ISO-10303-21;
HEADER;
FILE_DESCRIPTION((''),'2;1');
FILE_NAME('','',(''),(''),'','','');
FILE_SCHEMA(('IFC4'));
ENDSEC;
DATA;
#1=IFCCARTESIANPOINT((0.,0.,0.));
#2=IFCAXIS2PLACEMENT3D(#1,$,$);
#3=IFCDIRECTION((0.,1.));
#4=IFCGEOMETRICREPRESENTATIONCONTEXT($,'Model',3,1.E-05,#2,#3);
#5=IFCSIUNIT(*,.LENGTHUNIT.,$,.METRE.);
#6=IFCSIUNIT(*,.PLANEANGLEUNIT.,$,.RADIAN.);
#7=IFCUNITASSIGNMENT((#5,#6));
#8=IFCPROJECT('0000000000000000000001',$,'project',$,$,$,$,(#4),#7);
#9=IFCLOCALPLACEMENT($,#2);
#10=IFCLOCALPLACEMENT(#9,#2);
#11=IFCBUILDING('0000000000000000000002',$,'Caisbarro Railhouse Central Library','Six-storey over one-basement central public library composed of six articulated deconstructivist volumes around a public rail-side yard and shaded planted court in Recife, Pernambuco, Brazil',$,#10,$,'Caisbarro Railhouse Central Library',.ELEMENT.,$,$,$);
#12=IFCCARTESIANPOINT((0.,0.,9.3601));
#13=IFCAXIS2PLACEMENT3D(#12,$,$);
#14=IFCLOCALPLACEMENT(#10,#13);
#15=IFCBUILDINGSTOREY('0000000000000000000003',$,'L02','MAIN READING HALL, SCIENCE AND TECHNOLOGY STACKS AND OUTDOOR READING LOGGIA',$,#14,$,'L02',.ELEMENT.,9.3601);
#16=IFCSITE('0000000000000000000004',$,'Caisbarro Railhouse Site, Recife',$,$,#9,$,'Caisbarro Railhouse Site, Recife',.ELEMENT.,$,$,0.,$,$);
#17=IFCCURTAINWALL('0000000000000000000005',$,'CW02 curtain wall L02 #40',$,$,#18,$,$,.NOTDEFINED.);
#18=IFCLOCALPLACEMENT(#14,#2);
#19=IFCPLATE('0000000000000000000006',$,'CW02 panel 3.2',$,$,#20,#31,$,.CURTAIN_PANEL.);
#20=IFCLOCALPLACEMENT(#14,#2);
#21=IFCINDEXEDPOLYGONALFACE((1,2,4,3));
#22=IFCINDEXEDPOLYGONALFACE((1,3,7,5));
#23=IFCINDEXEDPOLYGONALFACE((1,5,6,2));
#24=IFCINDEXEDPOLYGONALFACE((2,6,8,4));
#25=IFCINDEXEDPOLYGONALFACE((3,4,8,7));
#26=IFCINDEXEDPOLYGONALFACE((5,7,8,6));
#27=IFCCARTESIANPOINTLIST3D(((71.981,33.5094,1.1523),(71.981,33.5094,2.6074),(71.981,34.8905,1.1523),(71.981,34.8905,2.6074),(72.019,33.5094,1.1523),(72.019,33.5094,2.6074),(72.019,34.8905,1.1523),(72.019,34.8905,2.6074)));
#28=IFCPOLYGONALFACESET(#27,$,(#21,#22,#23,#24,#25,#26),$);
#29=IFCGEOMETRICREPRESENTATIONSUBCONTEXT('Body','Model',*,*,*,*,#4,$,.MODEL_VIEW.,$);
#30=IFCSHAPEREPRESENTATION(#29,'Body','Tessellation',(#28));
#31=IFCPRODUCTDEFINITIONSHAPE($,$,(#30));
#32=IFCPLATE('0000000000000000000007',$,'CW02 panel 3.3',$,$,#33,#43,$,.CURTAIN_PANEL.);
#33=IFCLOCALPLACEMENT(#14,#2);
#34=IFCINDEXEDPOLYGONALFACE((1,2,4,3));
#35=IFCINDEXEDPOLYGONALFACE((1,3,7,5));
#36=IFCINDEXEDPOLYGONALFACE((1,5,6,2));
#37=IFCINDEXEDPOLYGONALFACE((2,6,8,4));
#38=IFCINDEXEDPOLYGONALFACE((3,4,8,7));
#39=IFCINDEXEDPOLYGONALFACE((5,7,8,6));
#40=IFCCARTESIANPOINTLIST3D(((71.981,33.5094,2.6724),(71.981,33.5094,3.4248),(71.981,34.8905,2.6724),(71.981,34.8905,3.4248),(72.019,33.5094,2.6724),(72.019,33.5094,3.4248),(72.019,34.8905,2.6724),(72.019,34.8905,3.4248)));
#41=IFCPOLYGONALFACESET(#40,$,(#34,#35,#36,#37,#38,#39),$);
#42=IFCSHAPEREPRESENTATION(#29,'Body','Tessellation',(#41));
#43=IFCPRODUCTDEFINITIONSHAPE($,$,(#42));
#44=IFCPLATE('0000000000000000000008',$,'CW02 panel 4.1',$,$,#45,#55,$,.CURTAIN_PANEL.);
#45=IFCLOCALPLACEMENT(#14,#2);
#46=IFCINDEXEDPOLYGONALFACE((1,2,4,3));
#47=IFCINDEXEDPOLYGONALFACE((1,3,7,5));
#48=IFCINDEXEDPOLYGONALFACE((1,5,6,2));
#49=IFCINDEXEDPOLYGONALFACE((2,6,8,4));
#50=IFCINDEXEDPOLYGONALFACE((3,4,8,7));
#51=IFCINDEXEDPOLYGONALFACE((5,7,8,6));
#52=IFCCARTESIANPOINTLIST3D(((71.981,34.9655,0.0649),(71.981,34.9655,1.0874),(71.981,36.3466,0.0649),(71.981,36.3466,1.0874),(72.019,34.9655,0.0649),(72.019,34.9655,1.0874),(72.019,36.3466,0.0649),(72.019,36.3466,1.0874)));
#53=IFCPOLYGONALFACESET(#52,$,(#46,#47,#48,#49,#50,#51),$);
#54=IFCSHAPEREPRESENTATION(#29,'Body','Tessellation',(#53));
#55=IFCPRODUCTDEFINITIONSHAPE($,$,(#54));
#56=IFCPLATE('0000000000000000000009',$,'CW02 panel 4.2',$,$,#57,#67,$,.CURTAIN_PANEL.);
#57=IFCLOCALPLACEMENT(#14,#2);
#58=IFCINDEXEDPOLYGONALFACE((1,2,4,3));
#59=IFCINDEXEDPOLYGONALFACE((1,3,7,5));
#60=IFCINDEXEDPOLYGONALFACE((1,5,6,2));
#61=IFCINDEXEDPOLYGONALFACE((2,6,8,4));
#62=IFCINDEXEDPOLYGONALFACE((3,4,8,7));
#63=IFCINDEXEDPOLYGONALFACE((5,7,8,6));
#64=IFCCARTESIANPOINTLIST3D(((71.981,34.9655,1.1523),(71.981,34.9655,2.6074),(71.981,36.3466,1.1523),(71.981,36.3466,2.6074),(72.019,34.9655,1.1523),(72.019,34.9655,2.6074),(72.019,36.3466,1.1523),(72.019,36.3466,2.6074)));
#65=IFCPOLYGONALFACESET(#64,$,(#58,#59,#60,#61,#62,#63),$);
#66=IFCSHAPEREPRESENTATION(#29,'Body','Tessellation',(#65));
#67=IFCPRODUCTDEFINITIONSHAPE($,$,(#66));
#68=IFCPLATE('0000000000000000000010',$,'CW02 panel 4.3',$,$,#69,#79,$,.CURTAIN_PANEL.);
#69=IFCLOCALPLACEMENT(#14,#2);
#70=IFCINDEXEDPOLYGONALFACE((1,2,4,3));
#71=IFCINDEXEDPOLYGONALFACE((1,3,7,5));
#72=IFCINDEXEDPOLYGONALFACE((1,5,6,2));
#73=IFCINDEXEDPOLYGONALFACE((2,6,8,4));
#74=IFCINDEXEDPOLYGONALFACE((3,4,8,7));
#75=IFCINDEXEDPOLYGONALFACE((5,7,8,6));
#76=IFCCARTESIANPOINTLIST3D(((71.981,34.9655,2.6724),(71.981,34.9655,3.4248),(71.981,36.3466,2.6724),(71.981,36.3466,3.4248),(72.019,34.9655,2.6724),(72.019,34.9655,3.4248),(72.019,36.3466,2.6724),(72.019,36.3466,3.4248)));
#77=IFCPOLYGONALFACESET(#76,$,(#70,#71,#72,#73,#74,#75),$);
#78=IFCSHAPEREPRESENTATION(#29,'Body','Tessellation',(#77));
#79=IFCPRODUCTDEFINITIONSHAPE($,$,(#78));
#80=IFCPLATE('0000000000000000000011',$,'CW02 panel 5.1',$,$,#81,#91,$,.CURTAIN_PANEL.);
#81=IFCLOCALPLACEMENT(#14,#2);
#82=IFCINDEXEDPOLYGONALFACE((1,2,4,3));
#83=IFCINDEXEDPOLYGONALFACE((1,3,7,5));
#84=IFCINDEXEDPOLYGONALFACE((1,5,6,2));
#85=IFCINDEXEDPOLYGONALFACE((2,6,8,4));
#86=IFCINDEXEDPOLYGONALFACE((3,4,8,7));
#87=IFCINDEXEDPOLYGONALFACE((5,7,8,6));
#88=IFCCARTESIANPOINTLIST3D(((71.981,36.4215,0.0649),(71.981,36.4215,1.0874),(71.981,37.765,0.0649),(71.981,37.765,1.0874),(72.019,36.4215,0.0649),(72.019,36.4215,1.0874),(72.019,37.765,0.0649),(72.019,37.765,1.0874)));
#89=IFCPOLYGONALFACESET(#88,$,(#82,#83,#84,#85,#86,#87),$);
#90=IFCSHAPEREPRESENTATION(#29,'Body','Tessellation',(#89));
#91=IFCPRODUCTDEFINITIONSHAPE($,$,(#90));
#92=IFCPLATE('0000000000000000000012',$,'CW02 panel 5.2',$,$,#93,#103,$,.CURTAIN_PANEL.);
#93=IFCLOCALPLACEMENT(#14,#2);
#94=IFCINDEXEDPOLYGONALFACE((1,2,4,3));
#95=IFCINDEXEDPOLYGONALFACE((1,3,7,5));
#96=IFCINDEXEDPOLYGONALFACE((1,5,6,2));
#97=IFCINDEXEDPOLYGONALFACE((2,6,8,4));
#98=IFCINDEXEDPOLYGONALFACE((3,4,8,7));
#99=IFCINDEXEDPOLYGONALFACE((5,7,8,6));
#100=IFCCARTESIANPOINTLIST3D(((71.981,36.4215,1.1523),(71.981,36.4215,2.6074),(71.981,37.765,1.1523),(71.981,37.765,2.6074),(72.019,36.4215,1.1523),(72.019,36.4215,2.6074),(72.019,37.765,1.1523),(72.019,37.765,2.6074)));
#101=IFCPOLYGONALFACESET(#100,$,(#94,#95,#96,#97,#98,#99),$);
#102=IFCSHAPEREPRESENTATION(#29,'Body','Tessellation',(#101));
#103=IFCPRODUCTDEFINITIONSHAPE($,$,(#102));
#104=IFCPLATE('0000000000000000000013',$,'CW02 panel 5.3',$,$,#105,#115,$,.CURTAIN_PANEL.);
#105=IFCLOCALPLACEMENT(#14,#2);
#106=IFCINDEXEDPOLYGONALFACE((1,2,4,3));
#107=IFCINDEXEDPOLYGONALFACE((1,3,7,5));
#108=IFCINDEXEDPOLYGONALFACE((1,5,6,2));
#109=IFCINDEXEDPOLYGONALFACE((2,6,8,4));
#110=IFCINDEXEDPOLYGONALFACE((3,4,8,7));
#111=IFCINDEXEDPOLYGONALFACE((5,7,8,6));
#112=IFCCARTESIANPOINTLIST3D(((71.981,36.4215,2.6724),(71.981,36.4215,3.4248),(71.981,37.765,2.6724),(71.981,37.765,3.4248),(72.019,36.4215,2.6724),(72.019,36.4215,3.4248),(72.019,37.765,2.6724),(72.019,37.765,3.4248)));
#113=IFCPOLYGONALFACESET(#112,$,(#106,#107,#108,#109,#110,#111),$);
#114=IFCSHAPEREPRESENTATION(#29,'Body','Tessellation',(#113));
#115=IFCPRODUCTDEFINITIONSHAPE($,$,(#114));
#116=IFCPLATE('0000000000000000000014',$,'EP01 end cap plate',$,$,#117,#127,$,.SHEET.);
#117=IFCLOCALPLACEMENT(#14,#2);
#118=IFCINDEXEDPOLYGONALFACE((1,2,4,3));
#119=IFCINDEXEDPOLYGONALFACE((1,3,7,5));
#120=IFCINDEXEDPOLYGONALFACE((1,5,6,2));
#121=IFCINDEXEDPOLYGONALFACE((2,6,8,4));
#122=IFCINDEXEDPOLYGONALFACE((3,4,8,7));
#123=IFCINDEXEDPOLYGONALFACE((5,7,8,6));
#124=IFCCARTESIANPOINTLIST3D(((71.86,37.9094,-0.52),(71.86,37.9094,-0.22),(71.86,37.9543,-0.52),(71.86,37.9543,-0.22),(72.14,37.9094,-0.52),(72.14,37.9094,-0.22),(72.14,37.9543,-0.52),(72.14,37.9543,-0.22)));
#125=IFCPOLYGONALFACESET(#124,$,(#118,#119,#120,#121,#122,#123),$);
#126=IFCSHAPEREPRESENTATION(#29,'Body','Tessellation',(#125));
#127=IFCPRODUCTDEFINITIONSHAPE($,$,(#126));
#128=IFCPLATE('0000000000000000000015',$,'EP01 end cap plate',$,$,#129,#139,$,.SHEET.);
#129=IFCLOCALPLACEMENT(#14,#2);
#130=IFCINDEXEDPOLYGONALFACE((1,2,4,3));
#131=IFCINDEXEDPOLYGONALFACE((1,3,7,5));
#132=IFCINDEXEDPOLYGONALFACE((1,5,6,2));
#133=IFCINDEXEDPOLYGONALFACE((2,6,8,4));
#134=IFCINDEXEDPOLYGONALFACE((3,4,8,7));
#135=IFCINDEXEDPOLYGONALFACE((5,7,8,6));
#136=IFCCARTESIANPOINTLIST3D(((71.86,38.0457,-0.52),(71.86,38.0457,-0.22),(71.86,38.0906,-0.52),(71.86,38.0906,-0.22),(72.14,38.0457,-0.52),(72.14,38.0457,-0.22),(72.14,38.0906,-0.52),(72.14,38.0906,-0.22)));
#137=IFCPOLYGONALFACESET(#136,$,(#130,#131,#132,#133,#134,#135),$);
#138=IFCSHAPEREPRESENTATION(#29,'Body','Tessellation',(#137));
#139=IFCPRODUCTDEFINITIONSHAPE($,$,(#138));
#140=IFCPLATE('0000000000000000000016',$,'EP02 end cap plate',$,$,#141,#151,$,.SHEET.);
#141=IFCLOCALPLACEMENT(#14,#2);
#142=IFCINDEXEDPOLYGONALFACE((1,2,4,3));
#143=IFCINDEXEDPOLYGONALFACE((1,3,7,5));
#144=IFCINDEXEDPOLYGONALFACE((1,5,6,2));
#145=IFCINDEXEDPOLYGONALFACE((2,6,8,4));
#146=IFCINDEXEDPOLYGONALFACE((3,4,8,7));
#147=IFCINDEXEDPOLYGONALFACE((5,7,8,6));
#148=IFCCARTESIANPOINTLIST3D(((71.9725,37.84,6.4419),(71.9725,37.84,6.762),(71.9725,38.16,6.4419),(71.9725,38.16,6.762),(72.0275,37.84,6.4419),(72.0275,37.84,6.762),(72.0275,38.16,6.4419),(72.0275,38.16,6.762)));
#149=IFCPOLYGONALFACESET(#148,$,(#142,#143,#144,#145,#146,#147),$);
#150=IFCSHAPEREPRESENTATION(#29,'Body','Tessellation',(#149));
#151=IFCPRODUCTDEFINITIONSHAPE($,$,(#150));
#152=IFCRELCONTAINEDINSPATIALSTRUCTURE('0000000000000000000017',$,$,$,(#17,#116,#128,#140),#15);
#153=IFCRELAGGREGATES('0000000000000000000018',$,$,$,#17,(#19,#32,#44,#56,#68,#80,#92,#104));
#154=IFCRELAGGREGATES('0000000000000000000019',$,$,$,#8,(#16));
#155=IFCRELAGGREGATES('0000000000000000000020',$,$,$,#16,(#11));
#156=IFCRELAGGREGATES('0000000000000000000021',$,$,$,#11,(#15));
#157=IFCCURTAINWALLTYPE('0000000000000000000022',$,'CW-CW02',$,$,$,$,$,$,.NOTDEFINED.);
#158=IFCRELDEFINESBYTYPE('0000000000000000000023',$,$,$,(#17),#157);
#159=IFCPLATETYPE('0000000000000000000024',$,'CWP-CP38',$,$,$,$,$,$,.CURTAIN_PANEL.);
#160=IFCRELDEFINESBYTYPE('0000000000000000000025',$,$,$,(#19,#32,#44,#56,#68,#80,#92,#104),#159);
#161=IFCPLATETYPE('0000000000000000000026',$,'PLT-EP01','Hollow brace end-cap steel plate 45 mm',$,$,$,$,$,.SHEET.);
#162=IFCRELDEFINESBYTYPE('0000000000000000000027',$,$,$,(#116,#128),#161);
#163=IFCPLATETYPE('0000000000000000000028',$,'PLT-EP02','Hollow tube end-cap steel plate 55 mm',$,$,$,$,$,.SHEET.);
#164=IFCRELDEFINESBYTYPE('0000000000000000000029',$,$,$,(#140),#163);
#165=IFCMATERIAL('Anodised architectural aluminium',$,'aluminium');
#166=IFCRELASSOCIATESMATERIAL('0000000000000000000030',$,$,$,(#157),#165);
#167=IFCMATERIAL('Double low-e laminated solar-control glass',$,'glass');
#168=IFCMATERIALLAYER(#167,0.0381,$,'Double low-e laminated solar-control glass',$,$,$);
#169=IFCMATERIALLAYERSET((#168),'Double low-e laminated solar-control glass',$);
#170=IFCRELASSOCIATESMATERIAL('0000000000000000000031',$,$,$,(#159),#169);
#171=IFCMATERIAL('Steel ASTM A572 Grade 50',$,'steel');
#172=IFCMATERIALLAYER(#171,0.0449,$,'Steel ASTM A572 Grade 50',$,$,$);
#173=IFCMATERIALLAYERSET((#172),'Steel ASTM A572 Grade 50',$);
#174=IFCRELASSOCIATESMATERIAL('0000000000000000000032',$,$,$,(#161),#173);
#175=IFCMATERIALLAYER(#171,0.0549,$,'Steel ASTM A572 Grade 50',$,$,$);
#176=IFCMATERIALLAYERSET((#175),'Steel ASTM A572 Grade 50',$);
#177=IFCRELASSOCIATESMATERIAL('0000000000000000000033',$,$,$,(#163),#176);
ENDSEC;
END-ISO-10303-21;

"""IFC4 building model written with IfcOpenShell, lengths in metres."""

from ifc_helpers import new_model, si_unit, direction, frame, origin, origin_2d, place, context, subcontext, project, spatial, rectangle, extrude, material, layer, layer_set, type_object, element, aggregate, save


model = new_model("IFC4")

# Units and contexts
model_context = context("Model", 3, precision=1e-05, world=origin(), true_north=direction((0.0, 1.0)))
body_context = subcontext(model_context, "Body", "Model", "MODEL_VIEW")
ifc_project = project(units=[si_unit("LENGTHUNIT", "METRE"), si_unit("PLANEANGLEUNIT", "RADIAN")], contexts=[model_context])

# Site, building, storey
site_placement = place(None, origin())
site = spatial("IfcSite", under=ifc_project, at=site_placement, Name="Caisbarro Railhouse Site, Recife", LongName="Caisbarro Railhouse Site, Recife", CompositionType="ELEMENT", RefElevation=0.0)
building_placement = place(site_placement, origin())
building = spatial("IfcBuilding", under=site, at=building_placement, Name="Caisbarro Railhouse Central Library", Description="Six-storey over one-basement central public library composed of six articulated deconstructivist volumes around a public rail-side yard and shaded planted court in Recife, Pernambuco, Brazil", LongName="Caisbarro Railhouse Central Library", CompositionType="ELEMENT")
storey_placement = place(building_placement, frame((0.0, 0.0, 9.3601)))
storey = spatial("IfcBuildingStorey", under=building, at=storey_placement, Name="L02", Description="MAIN READING HALL, SCIENCE AND TECHNOLOGY STACKS AND OUTDOOR READING LOGGIA", LongName="L02", CompositionType="ELEMENT", Elevation=9.3601)

# Shared definitions
ifc_material_1 = material(Name="Steel ASTM A572 Grade 50", Category="steel")

# Curtain wall
ifc_material_2 = material(Name="Anodised architectural aluminium", Category="aluminium")
curtain_wall_type = type_object("IfcCurtainWallType", Name="CW-CW02", PredefinedType="NOTDEFINED", material=ifc_material_2)
curtain_wall_1_placement = place(storey_placement, origin())
curtain_wall_1 = element("IfcCurtainWall", 1, at=curtain_wall_1_placement, inside=storey, type_object=curtain_wall_type, Name="CW02 curtain wall L02 #40", PredefinedType="NOTDEFINED")

# Plates
ifc_material_3 = material(Name="Double low-e laminated solar-control glass", Category="glass")
ifc_layer_1 = layer(ifc_material_3, 0.0381, Name="Double low-e laminated solar-control glass")
ifc_layer_set_1 = layer_set([ifc_layer_1], Name="Double low-e laminated solar-control glass")
plate_type_1 = type_object("IfcPlateType", Name="CWP-CP38", PredefinedType="CURTAIN_PANEL", material=ifc_layer_set_1)
plate_1_placement = place(storey_placement, frame((72.0, 34.2, 1.1523), z_axis=(0.0, 0.0, 1.0), x_axis=(0.0, 1.0, 0.0)))
plate_1 = element("IfcPlate", 2, at=plate_1_placement, type_object=plate_type_1, Name="CW02 panel 3.2", PredefinedType="CURTAIN_PANEL", context=body_context, shape_type="SweptSolid", body=[
    extrude(rectangle(XDim=1.3811, YDim=0.0381, at=origin_2d()), origin(), (0.0, 0.0, 1.0), 1.4551),
])
plate_2_placement = place(storey_placement, frame((72.0, 34.2, 2.6724), z_axis=(0.0, 0.0, 1.0), x_axis=(0.0, 1.0, 0.0)))
plate_2 = element("IfcPlate", 3, at=plate_2_placement, type_object=plate_type_1, Name="CW02 panel 3.3", PredefinedType="CURTAIN_PANEL", context=body_context, shape_type="SweptSolid", body=[
    extrude(rectangle(XDim=1.3811, YDim=0.0381, at=origin_2d()), origin(), (0.0, 0.0, 1.0), 0.7524),
])
plate_3_placement = place(storey_placement, frame((72.0, 35.656, 0.0649), z_axis=(0.0, 0.0, 1.0), x_axis=(0.0, 1.0, 0.0)))
plate_3 = element("IfcPlate", 4, at=plate_3_placement, type_object=plate_type_1, Name="CW02 panel 4.1", PredefinedType="CURTAIN_PANEL", context=body_context, shape_type="SweptSolid", body=[
    extrude(rectangle(XDim=1.3811, YDim=0.0381, at=origin_2d()), origin(), (0.0, 0.0, 1.0), 1.0225),
])
plate_4_placement = place(storey_placement, frame((72.0, 35.656, 1.1523), z_axis=(0.0, 0.0, 1.0), x_axis=(0.0, 1.0, 0.0)))
plate_4 = element("IfcPlate", 5, at=plate_4_placement, type_object=plate_type_1, Name="CW02 panel 4.2", PredefinedType="CURTAIN_PANEL", context=body_context, shape_type="SweptSolid", body=[
    extrude(rectangle(XDim=1.3811, YDim=0.0381, at=origin_2d()), origin(), (0.0, 0.0, 1.0), 1.4551),
])
plate_5_placement = place(storey_placement, frame((72.0, 35.656, 2.6724), z_axis=(0.0, 0.0, 1.0), x_axis=(0.0, 1.0, 0.0)))
plate_5 = element("IfcPlate", 6, at=plate_5_placement, type_object=plate_type_1, Name="CW02 panel 4.3", PredefinedType="CURTAIN_PANEL", context=body_context, shape_type="SweptSolid", body=[
    extrude(rectangle(XDim=1.3811, YDim=0.0381, at=origin_2d()), origin(), (0.0, 0.0, 1.0), 0.7524),
])
plate_6_placement = place(storey_placement, frame((72.0, 37.0933, 0.0649), z_axis=(0.0, 0.0, 1.0), x_axis=(0.0, 1.0, 0.0)))
plate_6 = element("IfcPlate", 7, at=plate_6_placement, type_object=plate_type_1, Name="CW02 panel 5.1", PredefinedType="CURTAIN_PANEL", context=body_context, shape_type="SweptSolid", body=[
    extrude(rectangle(XDim=1.3435, YDim=0.0381, at=origin_2d()), origin(), (0.0, 0.0, 1.0), 1.0225),
])
plate_7_placement = place(storey_placement, frame((72.0, 37.0933, 1.1523), z_axis=(0.0, 0.0, 1.0), x_axis=(0.0, 1.0, 0.0)))
plate_7 = element("IfcPlate", 8, at=plate_7_placement, type_object=plate_type_1, Name="CW02 panel 5.2", PredefinedType="CURTAIN_PANEL", context=body_context, shape_type="SweptSolid", body=[
    extrude(rectangle(XDim=1.3435, YDim=0.0381, at=origin_2d()), origin(), (0.0, 0.0, 1.0), 1.4551),
])
plate_8_placement = place(storey_placement, frame((72.0, 37.0933, 2.6724), z_axis=(0.0, 0.0, 1.0), x_axis=(0.0, 1.0, 0.0)))
plate_8 = element("IfcPlate", 9, at=plate_8_placement, type_object=plate_type_1, Name="CW02 panel 5.3", PredefinedType="CURTAIN_PANEL", context=body_context, shape_type="SweptSolid", body=[
    extrude(rectangle(XDim=1.3435, YDim=0.0381, at=origin_2d()), origin(), (0.0, 0.0, 1.0), 0.7524),
])
aggregate(curtain_wall_1, [plate_1, plate_2, plate_3, plate_4, plate_5, plate_6, plate_7, plate_8])

# Plates
ifc_layer_2 = layer(ifc_material_1, 0.0449, Name="Steel ASTM A572 Grade 50")
ifc_layer_set_2 = layer_set([ifc_layer_2], Name="Steel ASTM A572 Grade 50")
plate_type_2 = type_object("IfcPlateType", Name="PLT-EP01", Description="Hollow brace end-cap steel plate 45 mm", PredefinedType="SHEET", material=ifc_layer_set_2)
for number, where, z_axis, x_axis, name in (
    (10, (72.0, 37.9319, -0.52), (0.0, 0.0, 1.0), (0.0, 1.0, 0.0), "EP01 end cap plate"),
    (11, (72.0, 38.0681, -0.52), (0.0, 0.0, 1.0), (0.0, 1.0, 0.0), "EP01 end cap plate"),
):
    element("IfcPlate", number, at=place(storey_placement, frame(where, z_axis=z_axis, x_axis=x_axis)), inside=storey, type_object=plate_type_2, Name=name, PredefinedType="SHEET", context=body_context, shape_type="SweptSolid", body=[
        extrude(rectangle(XDim=0.0449, YDim=0.28, at=origin_2d()), origin(), (0.0, 0.0, 1.0), 0.3),
    ])
ifc_layer_3 = layer(ifc_material_1, 0.0549, Name="Steel ASTM A572 Grade 50")
ifc_layer_set_3 = layer_set([ifc_layer_3], Name="Steel ASTM A572 Grade 50")
plate_type_3 = type_object("IfcPlateType", Name="PLT-EP02", Description="Hollow tube end-cap steel plate 55 mm", PredefinedType="SHEET", material=ifc_layer_set_3)
plate_9_placement = place(storey_placement, frame((72.0, 38.0, 6.4419), z_axis=(0.0, 0.0, 1.0), x_axis=(1.0, 0.0, 0.0)))
element("IfcPlate", 12, at=plate_9_placement, inside=storey, type_object=plate_type_3, Name="EP02 end cap plate", PredefinedType="SHEET", context=body_context, shape_type="SweptSolid", body=[
    extrude(rectangle(XDim=0.0549, YDim=0.3201, at=origin_2d()), origin(), (0.0, 0.0, 1.0), 0.3201),
])

save(model, "model.ifc")
